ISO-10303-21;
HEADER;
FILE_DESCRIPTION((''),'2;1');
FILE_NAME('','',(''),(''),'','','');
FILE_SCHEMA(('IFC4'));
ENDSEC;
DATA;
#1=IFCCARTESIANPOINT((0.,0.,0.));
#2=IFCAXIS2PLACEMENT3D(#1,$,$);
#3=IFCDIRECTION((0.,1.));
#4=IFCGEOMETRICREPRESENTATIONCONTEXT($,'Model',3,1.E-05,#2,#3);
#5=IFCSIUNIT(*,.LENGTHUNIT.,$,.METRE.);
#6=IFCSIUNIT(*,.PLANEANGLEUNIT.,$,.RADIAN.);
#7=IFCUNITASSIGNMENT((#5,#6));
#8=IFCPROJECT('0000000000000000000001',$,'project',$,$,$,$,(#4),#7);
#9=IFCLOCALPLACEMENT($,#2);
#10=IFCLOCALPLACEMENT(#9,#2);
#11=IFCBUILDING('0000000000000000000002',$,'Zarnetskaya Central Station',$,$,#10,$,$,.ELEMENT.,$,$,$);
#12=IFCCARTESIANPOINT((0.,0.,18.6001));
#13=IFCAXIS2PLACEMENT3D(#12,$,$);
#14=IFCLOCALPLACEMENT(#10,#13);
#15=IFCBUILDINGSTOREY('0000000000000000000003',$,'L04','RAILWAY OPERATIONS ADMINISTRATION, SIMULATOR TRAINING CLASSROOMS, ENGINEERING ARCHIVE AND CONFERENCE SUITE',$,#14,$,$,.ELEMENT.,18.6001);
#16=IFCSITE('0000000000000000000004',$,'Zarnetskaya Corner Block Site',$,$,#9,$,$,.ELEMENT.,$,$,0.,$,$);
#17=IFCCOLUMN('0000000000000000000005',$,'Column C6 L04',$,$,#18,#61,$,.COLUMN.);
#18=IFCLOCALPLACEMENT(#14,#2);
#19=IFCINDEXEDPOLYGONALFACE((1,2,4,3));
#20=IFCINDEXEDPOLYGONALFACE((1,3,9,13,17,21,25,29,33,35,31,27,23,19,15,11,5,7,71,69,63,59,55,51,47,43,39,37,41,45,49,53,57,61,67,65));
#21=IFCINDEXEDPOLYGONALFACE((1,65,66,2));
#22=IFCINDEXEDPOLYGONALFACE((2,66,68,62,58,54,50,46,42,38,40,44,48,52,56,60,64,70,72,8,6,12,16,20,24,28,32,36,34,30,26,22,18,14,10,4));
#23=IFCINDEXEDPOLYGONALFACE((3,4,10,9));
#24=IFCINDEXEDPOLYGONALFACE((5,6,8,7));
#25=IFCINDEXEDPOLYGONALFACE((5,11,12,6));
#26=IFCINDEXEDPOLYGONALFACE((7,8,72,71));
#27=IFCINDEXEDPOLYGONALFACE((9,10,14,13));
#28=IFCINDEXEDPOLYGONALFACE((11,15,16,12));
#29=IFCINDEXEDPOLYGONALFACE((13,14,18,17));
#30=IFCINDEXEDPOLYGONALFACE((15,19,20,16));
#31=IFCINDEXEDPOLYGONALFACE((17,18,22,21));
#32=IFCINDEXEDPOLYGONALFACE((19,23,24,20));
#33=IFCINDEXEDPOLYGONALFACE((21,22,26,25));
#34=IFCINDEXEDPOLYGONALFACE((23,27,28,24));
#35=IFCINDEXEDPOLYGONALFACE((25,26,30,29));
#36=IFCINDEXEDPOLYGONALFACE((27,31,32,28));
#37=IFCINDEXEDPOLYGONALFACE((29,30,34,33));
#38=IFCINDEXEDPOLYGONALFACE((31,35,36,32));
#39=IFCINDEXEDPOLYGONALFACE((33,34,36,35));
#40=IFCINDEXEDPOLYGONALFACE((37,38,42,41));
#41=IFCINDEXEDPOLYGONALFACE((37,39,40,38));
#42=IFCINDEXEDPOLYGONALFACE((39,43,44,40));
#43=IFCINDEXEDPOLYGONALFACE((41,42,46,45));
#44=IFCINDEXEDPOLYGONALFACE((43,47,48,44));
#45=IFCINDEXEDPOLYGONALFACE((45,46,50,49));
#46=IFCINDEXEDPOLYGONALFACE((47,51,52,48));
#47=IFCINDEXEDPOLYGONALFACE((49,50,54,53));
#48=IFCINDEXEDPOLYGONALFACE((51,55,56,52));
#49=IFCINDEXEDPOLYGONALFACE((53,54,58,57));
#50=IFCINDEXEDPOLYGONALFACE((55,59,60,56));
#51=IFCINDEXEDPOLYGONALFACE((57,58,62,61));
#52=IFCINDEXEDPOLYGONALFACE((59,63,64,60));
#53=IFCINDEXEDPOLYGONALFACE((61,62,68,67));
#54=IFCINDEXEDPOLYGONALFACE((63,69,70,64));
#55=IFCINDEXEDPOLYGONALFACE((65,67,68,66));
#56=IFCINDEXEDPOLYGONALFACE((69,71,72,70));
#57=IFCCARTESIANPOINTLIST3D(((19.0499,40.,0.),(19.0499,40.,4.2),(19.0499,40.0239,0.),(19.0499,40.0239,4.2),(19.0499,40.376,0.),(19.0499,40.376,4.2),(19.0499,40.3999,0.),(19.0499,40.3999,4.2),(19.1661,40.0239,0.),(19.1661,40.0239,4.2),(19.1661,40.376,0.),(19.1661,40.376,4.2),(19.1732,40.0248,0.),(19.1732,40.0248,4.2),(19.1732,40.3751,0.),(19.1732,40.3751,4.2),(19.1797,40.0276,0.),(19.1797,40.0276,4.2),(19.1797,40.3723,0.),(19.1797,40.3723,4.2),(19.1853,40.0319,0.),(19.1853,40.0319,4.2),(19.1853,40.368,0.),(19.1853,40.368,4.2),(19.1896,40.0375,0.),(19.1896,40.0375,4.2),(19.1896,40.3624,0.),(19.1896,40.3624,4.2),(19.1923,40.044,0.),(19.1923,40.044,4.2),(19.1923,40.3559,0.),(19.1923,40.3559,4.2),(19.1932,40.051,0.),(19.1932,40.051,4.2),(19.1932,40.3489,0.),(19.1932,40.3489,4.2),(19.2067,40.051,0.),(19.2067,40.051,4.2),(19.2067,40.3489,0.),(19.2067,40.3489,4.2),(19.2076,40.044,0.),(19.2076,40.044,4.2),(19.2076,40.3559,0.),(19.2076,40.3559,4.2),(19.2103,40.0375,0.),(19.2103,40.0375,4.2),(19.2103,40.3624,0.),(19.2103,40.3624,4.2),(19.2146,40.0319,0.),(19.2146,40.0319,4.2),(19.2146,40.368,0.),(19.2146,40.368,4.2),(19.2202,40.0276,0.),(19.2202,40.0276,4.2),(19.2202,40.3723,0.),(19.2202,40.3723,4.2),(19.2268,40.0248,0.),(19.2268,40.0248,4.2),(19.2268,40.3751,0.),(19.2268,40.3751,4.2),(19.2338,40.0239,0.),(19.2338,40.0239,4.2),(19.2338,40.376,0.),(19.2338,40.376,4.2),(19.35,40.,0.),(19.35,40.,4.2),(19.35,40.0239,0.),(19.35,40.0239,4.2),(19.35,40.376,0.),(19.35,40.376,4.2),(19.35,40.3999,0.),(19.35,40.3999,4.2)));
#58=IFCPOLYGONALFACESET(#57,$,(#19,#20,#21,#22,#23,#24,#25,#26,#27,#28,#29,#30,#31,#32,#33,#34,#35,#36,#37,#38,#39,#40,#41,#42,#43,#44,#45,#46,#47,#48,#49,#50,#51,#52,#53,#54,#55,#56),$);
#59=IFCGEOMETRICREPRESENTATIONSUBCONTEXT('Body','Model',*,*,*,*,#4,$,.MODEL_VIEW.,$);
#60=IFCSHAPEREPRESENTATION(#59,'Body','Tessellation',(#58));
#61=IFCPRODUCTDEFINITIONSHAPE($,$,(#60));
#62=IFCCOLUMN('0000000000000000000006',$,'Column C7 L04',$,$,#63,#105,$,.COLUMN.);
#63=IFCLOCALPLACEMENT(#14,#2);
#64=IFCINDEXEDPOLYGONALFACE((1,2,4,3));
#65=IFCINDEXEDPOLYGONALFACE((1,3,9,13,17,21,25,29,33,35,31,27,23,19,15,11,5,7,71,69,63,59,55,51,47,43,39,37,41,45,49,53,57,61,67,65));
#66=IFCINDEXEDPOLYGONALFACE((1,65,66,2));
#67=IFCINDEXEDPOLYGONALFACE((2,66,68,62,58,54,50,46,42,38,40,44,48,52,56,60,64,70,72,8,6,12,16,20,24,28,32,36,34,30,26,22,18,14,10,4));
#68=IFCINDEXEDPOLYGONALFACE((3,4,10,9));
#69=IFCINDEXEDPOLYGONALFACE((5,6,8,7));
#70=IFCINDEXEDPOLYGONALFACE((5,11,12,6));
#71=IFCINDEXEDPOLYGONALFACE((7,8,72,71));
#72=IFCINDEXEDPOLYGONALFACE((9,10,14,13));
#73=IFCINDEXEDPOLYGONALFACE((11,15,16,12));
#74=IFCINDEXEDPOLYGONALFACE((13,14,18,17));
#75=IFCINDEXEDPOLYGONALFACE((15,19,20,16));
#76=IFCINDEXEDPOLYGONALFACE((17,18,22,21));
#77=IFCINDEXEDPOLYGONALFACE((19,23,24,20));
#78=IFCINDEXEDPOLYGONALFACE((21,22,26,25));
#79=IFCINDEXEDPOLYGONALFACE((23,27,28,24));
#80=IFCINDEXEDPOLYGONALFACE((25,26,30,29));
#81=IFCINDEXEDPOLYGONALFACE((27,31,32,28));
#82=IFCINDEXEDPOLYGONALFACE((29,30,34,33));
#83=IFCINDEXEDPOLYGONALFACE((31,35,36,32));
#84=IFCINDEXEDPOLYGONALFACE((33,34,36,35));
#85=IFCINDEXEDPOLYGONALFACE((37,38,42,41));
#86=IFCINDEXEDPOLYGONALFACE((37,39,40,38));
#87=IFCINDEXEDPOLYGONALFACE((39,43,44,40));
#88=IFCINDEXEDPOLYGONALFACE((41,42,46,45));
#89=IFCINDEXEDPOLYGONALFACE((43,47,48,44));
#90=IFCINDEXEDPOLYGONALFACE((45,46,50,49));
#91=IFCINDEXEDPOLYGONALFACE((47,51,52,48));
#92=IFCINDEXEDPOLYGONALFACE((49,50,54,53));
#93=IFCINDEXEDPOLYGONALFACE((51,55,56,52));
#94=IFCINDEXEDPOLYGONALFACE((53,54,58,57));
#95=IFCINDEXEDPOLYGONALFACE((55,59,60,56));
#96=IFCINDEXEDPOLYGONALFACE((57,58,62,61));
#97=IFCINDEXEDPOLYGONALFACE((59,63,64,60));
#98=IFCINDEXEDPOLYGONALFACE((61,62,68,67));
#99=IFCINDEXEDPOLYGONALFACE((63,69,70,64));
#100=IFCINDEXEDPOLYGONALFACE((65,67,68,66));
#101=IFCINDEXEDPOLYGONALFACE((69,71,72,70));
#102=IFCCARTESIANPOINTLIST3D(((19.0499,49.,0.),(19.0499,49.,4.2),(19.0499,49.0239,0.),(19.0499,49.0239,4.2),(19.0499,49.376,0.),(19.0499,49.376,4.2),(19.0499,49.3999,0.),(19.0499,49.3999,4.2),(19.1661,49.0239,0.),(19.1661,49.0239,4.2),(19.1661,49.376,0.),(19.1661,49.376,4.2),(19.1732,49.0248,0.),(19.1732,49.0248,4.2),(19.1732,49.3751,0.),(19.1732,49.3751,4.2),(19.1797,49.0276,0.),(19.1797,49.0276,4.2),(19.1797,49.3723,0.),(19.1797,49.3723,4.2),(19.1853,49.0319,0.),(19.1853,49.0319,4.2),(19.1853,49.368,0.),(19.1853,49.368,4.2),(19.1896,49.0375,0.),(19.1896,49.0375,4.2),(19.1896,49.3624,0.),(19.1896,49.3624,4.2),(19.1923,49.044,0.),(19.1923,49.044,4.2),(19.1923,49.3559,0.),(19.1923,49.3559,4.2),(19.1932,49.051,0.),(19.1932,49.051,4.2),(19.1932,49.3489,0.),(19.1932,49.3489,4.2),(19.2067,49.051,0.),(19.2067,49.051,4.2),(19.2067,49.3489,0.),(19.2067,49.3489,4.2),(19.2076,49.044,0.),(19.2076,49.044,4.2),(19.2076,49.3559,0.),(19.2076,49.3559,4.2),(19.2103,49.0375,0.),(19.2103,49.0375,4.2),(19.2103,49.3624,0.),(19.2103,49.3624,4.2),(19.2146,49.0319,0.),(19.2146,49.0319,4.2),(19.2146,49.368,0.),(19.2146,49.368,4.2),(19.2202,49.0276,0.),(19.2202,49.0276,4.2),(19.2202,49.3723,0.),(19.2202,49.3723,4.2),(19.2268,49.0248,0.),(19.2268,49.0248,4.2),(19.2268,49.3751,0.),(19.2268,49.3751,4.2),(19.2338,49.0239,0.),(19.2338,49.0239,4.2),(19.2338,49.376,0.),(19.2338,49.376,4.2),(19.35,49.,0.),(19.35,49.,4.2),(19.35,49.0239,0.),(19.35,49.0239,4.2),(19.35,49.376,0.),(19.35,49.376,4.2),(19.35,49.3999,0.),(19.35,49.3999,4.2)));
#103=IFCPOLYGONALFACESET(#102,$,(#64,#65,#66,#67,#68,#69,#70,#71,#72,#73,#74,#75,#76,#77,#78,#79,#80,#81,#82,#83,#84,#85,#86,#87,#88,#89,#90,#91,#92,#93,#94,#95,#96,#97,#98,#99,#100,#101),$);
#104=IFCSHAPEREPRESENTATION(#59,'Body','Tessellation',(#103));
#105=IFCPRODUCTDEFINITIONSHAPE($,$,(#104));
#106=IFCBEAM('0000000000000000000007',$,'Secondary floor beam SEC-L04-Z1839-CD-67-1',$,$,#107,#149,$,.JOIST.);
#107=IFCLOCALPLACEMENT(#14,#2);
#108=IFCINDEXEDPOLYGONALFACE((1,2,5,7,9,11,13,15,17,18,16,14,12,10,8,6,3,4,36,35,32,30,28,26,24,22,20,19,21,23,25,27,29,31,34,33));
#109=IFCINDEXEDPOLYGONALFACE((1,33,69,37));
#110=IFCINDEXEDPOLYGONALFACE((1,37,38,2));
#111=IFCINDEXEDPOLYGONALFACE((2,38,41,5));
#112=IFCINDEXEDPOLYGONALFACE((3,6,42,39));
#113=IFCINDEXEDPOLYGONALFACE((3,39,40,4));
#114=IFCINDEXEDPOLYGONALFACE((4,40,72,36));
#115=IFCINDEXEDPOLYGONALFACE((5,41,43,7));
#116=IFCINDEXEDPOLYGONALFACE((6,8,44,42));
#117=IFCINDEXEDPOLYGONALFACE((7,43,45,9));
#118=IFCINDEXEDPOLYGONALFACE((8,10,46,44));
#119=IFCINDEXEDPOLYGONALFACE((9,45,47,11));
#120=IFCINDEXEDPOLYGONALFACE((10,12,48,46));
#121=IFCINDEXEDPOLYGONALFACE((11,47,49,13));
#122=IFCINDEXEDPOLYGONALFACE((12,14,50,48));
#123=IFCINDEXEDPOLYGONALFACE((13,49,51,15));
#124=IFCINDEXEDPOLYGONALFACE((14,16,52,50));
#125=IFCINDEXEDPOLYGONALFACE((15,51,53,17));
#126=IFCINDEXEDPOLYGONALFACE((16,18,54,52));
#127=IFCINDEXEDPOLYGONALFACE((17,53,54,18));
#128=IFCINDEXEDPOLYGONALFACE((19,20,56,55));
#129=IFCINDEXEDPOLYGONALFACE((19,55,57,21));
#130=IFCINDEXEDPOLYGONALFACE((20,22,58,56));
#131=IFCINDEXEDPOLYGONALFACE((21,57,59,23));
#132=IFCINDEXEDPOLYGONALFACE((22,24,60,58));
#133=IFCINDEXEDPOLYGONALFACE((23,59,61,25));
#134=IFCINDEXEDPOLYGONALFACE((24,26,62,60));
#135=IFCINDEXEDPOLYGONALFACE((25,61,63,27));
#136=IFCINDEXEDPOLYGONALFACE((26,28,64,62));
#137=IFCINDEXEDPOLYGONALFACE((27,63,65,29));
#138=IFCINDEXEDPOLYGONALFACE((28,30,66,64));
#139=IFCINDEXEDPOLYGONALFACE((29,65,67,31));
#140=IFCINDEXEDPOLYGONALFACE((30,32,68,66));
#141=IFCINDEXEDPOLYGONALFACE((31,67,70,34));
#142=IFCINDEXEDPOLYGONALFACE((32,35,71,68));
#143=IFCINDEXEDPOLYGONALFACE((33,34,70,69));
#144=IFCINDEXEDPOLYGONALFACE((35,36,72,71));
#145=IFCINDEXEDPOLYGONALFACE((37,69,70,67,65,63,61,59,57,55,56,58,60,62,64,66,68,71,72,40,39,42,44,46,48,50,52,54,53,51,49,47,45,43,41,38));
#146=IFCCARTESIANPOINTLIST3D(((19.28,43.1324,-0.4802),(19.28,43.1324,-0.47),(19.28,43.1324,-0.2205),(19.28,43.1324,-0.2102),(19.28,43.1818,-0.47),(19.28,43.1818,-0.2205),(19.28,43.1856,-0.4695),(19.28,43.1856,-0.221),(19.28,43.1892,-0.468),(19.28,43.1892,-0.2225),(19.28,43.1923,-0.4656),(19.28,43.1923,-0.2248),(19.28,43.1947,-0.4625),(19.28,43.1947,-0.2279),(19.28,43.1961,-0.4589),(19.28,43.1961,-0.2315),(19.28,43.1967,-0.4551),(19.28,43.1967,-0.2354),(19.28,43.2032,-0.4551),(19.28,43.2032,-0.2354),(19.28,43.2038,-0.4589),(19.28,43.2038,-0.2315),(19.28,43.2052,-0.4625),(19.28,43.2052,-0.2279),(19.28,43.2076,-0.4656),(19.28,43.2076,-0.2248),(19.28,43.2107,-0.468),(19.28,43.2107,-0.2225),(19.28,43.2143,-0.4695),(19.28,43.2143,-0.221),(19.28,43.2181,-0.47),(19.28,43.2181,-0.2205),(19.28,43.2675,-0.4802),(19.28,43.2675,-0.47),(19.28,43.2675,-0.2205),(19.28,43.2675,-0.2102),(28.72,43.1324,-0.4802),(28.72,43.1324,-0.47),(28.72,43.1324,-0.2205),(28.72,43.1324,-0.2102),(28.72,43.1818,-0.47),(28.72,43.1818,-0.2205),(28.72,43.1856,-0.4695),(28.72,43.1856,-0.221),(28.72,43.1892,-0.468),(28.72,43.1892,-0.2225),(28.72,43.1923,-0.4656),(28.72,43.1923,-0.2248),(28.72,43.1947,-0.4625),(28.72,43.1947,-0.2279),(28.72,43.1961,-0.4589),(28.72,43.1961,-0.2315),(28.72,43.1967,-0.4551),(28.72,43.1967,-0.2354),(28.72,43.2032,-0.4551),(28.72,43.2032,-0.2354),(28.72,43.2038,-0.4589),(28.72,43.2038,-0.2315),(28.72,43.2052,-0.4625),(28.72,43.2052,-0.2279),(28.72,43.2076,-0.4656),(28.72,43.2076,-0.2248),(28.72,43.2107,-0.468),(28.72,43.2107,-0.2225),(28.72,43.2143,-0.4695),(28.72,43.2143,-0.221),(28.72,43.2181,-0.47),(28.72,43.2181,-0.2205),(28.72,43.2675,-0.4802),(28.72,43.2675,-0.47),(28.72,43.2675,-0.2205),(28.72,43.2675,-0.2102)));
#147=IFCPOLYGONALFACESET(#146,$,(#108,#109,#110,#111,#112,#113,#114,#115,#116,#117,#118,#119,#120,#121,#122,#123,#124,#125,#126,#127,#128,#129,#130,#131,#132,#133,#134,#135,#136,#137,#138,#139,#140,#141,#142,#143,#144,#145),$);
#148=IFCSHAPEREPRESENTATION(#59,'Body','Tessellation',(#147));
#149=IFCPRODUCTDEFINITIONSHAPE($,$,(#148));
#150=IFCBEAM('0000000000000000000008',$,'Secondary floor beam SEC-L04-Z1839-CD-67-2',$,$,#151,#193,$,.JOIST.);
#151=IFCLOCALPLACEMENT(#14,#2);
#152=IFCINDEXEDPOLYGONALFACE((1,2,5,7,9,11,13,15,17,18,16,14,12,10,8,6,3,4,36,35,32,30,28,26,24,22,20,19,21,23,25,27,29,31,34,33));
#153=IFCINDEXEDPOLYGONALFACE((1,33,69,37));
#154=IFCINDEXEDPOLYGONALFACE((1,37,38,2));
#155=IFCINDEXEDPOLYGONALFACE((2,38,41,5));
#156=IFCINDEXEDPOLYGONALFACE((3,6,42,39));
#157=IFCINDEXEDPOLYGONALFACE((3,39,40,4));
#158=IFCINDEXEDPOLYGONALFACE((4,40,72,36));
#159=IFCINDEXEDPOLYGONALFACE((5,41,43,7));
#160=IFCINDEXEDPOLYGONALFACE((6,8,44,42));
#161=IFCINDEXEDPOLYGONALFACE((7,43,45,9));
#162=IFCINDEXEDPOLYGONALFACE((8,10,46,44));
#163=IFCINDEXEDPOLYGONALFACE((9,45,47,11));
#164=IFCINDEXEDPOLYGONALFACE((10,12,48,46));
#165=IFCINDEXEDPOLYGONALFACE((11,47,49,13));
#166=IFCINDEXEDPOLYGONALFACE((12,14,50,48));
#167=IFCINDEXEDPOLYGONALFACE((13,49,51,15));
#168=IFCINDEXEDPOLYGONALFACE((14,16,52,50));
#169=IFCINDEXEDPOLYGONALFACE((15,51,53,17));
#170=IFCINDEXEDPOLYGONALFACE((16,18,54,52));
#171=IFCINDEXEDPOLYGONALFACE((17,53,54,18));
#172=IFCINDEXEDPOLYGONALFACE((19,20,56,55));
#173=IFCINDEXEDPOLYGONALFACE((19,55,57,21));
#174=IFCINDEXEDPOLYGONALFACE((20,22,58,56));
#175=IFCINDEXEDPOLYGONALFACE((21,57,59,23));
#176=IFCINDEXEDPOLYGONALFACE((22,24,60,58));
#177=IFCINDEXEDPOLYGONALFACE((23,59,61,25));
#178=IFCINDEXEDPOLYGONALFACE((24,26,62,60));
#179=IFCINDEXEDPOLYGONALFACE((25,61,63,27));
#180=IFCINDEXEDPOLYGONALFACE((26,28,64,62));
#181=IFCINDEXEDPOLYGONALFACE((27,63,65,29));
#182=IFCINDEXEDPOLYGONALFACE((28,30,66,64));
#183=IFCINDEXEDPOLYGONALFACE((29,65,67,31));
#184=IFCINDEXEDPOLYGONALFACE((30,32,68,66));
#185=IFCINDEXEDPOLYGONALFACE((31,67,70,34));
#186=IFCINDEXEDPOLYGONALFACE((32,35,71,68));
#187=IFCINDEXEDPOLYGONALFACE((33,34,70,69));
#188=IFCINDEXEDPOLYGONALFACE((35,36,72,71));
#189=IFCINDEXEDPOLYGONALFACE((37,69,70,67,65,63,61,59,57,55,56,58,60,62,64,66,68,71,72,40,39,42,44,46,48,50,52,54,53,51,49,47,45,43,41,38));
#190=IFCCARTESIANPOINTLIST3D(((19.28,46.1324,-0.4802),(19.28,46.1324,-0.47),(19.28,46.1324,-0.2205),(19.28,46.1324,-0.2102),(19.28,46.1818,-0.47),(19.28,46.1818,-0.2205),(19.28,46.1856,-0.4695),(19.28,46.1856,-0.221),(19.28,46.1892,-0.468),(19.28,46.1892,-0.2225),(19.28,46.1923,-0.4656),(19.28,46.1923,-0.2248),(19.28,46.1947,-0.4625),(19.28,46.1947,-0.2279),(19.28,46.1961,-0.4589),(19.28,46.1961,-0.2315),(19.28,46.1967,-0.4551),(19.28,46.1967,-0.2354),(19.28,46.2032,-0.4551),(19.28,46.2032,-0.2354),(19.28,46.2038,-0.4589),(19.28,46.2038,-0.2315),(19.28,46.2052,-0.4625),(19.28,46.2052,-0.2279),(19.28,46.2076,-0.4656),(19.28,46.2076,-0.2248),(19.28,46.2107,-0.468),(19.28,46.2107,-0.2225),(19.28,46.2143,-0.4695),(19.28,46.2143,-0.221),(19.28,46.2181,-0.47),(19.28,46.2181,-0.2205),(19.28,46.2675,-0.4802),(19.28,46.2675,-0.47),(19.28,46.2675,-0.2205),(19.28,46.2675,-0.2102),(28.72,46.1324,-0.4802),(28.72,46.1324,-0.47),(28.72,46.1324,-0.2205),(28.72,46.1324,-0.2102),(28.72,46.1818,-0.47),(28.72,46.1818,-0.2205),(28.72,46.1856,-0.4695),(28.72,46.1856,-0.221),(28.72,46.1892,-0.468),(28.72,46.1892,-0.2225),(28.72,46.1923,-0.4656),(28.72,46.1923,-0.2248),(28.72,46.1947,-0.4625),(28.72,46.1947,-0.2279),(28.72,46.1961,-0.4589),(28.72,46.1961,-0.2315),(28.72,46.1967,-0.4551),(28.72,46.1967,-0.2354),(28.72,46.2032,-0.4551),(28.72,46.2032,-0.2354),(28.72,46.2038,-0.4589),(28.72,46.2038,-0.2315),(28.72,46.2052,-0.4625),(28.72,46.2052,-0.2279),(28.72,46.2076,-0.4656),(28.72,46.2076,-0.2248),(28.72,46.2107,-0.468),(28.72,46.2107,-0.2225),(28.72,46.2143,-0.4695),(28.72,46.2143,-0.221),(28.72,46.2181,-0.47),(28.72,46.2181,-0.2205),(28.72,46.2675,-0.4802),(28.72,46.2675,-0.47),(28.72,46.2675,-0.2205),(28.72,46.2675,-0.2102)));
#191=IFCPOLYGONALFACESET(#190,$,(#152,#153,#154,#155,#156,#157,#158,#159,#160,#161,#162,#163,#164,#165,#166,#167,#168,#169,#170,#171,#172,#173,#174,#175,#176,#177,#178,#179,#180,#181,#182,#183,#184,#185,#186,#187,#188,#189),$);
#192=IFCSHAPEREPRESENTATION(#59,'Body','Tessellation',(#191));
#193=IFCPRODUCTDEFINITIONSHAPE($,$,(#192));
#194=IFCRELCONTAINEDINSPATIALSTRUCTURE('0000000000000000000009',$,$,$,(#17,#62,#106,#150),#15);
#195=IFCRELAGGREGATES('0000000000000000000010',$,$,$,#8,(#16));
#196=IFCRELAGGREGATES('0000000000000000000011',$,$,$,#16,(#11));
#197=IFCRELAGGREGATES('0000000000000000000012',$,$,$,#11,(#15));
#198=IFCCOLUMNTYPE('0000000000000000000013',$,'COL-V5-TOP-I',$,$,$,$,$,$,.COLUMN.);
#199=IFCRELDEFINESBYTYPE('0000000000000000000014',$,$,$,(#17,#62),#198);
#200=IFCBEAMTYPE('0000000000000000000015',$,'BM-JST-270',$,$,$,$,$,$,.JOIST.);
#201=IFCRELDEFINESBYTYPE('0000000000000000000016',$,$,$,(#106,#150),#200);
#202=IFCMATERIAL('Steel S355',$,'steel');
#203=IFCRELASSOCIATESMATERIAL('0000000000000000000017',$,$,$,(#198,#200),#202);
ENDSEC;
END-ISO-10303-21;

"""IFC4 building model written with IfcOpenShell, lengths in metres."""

from ifc_helpers import new_model, si_unit, direction, frame, origin, origin_2d, place, context, subcontext, project, spatial, i_section, extrude, material, material_profile, profile_set, type_object, element, save


model = new_model("IFC4")

# Units and contexts
model_context = context("Model", 3, precision=1e-05, world=origin(), true_north=direction((0.0, 1.0)))
body_context = subcontext(model_context, "Body", "Model", "MODEL_VIEW")
ifc_project = project(units=[si_unit("LENGTHUNIT", "METRE"), si_unit("PLANEANGLEUNIT", "RADIAN")], contexts=[model_context])

# Site, building, storey
site_placement = place(None, origin())
site = spatial("IfcSite", under=ifc_project, at=site_placement, Name="Zarnetskaya Corner Block Site", CompositionType="ELEMENT", RefElevation=0.0)
building_placement = place(site_placement, origin())
building = spatial("IfcBuilding", under=site, at=building_placement, Name="Zarnetskaya Central Station", CompositionType="ELEMENT")
storey_placement = place(building_placement, frame((0.0, 0.0, 18.6001)))
storey = spatial("IfcBuildingStorey", under=building, at=storey_placement, Name="L04", Description="RAILWAY OPERATIONS ADMINISTRATION, SIMULATOR TRAINING CLASSROOMS, ENGINEERING ARCHIVE AND CONFERENCE SUITE", CompositionType="ELEMENT", Elevation=18.6001)

# Columns
ifc_material_1 = material(Name="Steel S355", Category="steel")
ifc_material_profile_1 = material_profile(ifc_material_1, i_section(OverallWidth=0.3, OverallDepth=0.3999, WebThickness=0.0134, FlangeThickness=0.0239, FilletRadius=0.0271, at=origin_2d()), Name="HEB 400")
ifc_profile_set_1 = profile_set([ifc_material_profile_1], Name="Steel S355")
column_type = type_object("IfcColumnType", Name="COL-V5-TOP-I", PredefinedType="COLUMN", material=ifc_profile_set_1)
for number, where, z_axis, x_axis, name in (
    (1, (19.2, 40.2, 0.0), (0.0, 0.0, 1.0), (1.0, 0.0, 0.0), "Column C6 L04"),
    (2, (19.2, 49.2, 0.0), (0.0, 0.0, 1.0), (1.0, 0.0, 0.0), "Column C7 L04"),
):
    element("IfcColumn", number, at=place(storey_placement, frame(where, z_axis=z_axis, x_axis=x_axis)), inside=storey, type_object=column_type, Name=name, PredefinedType="COLUMN", context=body_context, shape_type="SweptSolid", body=[
        extrude(i_section(OverallWidth=0.3, OverallDepth=0.3999, WebThickness=0.0134, FlangeThickness=0.0239, FilletRadius=0.0271, at=origin_2d()), origin(), (0.0, 0.0, 1.0), 4.2),
    ])

# Beams
ifc_material_profile_2 = material_profile(ifc_material_1, i_section(OverallWidth=0.135, OverallDepth=0.27, WebThickness=0.0066, FlangeThickness=0.0103, FilletRadius=0.0149, at=origin_2d()), Name="IPE 270")
ifc_profile_set_2 = profile_set([ifc_material_profile_2], Name="Steel S355")
beam_type_1 = type_object("IfcBeamType", Name="BM-JST-270", PredefinedType="JOIST", material=ifc_profile_set_2)
for number, where, z_axis, x_axis, name in (
    (3, (19.28, 43.2, -0.3452), (1.0, 0.0, 0.0), (0.0, 1.0, 0.0), "Secondary floor beam SEC-L04-Z1839-CD-67-1"),
    (4, (19.28, 46.2, -0.3452), (1.0, 0.0, 0.0), (0.0, 1.0, 0.0), "Secondary floor beam SEC-L04-Z1839-CD-67-2"),
):
    element("IfcBeam", number, at=place(storey_placement, frame(where, z_axis=z_axis, x_axis=x_axis)), inside=storey, type_object=beam_type_1, Name=name, PredefinedType="JOIST", context=body_context, shape_type="SweptSolid", body=[
        extrude(i_section(OverallWidth=0.135, OverallDepth=0.27, WebThickness=0.0066, FlangeThickness=0.0103, FilletRadius=0.0149, at=origin_2d()), origin(), (0.0, 0.0, 1.0), 9.4399),
    ])

save(model, "model.ifc")
